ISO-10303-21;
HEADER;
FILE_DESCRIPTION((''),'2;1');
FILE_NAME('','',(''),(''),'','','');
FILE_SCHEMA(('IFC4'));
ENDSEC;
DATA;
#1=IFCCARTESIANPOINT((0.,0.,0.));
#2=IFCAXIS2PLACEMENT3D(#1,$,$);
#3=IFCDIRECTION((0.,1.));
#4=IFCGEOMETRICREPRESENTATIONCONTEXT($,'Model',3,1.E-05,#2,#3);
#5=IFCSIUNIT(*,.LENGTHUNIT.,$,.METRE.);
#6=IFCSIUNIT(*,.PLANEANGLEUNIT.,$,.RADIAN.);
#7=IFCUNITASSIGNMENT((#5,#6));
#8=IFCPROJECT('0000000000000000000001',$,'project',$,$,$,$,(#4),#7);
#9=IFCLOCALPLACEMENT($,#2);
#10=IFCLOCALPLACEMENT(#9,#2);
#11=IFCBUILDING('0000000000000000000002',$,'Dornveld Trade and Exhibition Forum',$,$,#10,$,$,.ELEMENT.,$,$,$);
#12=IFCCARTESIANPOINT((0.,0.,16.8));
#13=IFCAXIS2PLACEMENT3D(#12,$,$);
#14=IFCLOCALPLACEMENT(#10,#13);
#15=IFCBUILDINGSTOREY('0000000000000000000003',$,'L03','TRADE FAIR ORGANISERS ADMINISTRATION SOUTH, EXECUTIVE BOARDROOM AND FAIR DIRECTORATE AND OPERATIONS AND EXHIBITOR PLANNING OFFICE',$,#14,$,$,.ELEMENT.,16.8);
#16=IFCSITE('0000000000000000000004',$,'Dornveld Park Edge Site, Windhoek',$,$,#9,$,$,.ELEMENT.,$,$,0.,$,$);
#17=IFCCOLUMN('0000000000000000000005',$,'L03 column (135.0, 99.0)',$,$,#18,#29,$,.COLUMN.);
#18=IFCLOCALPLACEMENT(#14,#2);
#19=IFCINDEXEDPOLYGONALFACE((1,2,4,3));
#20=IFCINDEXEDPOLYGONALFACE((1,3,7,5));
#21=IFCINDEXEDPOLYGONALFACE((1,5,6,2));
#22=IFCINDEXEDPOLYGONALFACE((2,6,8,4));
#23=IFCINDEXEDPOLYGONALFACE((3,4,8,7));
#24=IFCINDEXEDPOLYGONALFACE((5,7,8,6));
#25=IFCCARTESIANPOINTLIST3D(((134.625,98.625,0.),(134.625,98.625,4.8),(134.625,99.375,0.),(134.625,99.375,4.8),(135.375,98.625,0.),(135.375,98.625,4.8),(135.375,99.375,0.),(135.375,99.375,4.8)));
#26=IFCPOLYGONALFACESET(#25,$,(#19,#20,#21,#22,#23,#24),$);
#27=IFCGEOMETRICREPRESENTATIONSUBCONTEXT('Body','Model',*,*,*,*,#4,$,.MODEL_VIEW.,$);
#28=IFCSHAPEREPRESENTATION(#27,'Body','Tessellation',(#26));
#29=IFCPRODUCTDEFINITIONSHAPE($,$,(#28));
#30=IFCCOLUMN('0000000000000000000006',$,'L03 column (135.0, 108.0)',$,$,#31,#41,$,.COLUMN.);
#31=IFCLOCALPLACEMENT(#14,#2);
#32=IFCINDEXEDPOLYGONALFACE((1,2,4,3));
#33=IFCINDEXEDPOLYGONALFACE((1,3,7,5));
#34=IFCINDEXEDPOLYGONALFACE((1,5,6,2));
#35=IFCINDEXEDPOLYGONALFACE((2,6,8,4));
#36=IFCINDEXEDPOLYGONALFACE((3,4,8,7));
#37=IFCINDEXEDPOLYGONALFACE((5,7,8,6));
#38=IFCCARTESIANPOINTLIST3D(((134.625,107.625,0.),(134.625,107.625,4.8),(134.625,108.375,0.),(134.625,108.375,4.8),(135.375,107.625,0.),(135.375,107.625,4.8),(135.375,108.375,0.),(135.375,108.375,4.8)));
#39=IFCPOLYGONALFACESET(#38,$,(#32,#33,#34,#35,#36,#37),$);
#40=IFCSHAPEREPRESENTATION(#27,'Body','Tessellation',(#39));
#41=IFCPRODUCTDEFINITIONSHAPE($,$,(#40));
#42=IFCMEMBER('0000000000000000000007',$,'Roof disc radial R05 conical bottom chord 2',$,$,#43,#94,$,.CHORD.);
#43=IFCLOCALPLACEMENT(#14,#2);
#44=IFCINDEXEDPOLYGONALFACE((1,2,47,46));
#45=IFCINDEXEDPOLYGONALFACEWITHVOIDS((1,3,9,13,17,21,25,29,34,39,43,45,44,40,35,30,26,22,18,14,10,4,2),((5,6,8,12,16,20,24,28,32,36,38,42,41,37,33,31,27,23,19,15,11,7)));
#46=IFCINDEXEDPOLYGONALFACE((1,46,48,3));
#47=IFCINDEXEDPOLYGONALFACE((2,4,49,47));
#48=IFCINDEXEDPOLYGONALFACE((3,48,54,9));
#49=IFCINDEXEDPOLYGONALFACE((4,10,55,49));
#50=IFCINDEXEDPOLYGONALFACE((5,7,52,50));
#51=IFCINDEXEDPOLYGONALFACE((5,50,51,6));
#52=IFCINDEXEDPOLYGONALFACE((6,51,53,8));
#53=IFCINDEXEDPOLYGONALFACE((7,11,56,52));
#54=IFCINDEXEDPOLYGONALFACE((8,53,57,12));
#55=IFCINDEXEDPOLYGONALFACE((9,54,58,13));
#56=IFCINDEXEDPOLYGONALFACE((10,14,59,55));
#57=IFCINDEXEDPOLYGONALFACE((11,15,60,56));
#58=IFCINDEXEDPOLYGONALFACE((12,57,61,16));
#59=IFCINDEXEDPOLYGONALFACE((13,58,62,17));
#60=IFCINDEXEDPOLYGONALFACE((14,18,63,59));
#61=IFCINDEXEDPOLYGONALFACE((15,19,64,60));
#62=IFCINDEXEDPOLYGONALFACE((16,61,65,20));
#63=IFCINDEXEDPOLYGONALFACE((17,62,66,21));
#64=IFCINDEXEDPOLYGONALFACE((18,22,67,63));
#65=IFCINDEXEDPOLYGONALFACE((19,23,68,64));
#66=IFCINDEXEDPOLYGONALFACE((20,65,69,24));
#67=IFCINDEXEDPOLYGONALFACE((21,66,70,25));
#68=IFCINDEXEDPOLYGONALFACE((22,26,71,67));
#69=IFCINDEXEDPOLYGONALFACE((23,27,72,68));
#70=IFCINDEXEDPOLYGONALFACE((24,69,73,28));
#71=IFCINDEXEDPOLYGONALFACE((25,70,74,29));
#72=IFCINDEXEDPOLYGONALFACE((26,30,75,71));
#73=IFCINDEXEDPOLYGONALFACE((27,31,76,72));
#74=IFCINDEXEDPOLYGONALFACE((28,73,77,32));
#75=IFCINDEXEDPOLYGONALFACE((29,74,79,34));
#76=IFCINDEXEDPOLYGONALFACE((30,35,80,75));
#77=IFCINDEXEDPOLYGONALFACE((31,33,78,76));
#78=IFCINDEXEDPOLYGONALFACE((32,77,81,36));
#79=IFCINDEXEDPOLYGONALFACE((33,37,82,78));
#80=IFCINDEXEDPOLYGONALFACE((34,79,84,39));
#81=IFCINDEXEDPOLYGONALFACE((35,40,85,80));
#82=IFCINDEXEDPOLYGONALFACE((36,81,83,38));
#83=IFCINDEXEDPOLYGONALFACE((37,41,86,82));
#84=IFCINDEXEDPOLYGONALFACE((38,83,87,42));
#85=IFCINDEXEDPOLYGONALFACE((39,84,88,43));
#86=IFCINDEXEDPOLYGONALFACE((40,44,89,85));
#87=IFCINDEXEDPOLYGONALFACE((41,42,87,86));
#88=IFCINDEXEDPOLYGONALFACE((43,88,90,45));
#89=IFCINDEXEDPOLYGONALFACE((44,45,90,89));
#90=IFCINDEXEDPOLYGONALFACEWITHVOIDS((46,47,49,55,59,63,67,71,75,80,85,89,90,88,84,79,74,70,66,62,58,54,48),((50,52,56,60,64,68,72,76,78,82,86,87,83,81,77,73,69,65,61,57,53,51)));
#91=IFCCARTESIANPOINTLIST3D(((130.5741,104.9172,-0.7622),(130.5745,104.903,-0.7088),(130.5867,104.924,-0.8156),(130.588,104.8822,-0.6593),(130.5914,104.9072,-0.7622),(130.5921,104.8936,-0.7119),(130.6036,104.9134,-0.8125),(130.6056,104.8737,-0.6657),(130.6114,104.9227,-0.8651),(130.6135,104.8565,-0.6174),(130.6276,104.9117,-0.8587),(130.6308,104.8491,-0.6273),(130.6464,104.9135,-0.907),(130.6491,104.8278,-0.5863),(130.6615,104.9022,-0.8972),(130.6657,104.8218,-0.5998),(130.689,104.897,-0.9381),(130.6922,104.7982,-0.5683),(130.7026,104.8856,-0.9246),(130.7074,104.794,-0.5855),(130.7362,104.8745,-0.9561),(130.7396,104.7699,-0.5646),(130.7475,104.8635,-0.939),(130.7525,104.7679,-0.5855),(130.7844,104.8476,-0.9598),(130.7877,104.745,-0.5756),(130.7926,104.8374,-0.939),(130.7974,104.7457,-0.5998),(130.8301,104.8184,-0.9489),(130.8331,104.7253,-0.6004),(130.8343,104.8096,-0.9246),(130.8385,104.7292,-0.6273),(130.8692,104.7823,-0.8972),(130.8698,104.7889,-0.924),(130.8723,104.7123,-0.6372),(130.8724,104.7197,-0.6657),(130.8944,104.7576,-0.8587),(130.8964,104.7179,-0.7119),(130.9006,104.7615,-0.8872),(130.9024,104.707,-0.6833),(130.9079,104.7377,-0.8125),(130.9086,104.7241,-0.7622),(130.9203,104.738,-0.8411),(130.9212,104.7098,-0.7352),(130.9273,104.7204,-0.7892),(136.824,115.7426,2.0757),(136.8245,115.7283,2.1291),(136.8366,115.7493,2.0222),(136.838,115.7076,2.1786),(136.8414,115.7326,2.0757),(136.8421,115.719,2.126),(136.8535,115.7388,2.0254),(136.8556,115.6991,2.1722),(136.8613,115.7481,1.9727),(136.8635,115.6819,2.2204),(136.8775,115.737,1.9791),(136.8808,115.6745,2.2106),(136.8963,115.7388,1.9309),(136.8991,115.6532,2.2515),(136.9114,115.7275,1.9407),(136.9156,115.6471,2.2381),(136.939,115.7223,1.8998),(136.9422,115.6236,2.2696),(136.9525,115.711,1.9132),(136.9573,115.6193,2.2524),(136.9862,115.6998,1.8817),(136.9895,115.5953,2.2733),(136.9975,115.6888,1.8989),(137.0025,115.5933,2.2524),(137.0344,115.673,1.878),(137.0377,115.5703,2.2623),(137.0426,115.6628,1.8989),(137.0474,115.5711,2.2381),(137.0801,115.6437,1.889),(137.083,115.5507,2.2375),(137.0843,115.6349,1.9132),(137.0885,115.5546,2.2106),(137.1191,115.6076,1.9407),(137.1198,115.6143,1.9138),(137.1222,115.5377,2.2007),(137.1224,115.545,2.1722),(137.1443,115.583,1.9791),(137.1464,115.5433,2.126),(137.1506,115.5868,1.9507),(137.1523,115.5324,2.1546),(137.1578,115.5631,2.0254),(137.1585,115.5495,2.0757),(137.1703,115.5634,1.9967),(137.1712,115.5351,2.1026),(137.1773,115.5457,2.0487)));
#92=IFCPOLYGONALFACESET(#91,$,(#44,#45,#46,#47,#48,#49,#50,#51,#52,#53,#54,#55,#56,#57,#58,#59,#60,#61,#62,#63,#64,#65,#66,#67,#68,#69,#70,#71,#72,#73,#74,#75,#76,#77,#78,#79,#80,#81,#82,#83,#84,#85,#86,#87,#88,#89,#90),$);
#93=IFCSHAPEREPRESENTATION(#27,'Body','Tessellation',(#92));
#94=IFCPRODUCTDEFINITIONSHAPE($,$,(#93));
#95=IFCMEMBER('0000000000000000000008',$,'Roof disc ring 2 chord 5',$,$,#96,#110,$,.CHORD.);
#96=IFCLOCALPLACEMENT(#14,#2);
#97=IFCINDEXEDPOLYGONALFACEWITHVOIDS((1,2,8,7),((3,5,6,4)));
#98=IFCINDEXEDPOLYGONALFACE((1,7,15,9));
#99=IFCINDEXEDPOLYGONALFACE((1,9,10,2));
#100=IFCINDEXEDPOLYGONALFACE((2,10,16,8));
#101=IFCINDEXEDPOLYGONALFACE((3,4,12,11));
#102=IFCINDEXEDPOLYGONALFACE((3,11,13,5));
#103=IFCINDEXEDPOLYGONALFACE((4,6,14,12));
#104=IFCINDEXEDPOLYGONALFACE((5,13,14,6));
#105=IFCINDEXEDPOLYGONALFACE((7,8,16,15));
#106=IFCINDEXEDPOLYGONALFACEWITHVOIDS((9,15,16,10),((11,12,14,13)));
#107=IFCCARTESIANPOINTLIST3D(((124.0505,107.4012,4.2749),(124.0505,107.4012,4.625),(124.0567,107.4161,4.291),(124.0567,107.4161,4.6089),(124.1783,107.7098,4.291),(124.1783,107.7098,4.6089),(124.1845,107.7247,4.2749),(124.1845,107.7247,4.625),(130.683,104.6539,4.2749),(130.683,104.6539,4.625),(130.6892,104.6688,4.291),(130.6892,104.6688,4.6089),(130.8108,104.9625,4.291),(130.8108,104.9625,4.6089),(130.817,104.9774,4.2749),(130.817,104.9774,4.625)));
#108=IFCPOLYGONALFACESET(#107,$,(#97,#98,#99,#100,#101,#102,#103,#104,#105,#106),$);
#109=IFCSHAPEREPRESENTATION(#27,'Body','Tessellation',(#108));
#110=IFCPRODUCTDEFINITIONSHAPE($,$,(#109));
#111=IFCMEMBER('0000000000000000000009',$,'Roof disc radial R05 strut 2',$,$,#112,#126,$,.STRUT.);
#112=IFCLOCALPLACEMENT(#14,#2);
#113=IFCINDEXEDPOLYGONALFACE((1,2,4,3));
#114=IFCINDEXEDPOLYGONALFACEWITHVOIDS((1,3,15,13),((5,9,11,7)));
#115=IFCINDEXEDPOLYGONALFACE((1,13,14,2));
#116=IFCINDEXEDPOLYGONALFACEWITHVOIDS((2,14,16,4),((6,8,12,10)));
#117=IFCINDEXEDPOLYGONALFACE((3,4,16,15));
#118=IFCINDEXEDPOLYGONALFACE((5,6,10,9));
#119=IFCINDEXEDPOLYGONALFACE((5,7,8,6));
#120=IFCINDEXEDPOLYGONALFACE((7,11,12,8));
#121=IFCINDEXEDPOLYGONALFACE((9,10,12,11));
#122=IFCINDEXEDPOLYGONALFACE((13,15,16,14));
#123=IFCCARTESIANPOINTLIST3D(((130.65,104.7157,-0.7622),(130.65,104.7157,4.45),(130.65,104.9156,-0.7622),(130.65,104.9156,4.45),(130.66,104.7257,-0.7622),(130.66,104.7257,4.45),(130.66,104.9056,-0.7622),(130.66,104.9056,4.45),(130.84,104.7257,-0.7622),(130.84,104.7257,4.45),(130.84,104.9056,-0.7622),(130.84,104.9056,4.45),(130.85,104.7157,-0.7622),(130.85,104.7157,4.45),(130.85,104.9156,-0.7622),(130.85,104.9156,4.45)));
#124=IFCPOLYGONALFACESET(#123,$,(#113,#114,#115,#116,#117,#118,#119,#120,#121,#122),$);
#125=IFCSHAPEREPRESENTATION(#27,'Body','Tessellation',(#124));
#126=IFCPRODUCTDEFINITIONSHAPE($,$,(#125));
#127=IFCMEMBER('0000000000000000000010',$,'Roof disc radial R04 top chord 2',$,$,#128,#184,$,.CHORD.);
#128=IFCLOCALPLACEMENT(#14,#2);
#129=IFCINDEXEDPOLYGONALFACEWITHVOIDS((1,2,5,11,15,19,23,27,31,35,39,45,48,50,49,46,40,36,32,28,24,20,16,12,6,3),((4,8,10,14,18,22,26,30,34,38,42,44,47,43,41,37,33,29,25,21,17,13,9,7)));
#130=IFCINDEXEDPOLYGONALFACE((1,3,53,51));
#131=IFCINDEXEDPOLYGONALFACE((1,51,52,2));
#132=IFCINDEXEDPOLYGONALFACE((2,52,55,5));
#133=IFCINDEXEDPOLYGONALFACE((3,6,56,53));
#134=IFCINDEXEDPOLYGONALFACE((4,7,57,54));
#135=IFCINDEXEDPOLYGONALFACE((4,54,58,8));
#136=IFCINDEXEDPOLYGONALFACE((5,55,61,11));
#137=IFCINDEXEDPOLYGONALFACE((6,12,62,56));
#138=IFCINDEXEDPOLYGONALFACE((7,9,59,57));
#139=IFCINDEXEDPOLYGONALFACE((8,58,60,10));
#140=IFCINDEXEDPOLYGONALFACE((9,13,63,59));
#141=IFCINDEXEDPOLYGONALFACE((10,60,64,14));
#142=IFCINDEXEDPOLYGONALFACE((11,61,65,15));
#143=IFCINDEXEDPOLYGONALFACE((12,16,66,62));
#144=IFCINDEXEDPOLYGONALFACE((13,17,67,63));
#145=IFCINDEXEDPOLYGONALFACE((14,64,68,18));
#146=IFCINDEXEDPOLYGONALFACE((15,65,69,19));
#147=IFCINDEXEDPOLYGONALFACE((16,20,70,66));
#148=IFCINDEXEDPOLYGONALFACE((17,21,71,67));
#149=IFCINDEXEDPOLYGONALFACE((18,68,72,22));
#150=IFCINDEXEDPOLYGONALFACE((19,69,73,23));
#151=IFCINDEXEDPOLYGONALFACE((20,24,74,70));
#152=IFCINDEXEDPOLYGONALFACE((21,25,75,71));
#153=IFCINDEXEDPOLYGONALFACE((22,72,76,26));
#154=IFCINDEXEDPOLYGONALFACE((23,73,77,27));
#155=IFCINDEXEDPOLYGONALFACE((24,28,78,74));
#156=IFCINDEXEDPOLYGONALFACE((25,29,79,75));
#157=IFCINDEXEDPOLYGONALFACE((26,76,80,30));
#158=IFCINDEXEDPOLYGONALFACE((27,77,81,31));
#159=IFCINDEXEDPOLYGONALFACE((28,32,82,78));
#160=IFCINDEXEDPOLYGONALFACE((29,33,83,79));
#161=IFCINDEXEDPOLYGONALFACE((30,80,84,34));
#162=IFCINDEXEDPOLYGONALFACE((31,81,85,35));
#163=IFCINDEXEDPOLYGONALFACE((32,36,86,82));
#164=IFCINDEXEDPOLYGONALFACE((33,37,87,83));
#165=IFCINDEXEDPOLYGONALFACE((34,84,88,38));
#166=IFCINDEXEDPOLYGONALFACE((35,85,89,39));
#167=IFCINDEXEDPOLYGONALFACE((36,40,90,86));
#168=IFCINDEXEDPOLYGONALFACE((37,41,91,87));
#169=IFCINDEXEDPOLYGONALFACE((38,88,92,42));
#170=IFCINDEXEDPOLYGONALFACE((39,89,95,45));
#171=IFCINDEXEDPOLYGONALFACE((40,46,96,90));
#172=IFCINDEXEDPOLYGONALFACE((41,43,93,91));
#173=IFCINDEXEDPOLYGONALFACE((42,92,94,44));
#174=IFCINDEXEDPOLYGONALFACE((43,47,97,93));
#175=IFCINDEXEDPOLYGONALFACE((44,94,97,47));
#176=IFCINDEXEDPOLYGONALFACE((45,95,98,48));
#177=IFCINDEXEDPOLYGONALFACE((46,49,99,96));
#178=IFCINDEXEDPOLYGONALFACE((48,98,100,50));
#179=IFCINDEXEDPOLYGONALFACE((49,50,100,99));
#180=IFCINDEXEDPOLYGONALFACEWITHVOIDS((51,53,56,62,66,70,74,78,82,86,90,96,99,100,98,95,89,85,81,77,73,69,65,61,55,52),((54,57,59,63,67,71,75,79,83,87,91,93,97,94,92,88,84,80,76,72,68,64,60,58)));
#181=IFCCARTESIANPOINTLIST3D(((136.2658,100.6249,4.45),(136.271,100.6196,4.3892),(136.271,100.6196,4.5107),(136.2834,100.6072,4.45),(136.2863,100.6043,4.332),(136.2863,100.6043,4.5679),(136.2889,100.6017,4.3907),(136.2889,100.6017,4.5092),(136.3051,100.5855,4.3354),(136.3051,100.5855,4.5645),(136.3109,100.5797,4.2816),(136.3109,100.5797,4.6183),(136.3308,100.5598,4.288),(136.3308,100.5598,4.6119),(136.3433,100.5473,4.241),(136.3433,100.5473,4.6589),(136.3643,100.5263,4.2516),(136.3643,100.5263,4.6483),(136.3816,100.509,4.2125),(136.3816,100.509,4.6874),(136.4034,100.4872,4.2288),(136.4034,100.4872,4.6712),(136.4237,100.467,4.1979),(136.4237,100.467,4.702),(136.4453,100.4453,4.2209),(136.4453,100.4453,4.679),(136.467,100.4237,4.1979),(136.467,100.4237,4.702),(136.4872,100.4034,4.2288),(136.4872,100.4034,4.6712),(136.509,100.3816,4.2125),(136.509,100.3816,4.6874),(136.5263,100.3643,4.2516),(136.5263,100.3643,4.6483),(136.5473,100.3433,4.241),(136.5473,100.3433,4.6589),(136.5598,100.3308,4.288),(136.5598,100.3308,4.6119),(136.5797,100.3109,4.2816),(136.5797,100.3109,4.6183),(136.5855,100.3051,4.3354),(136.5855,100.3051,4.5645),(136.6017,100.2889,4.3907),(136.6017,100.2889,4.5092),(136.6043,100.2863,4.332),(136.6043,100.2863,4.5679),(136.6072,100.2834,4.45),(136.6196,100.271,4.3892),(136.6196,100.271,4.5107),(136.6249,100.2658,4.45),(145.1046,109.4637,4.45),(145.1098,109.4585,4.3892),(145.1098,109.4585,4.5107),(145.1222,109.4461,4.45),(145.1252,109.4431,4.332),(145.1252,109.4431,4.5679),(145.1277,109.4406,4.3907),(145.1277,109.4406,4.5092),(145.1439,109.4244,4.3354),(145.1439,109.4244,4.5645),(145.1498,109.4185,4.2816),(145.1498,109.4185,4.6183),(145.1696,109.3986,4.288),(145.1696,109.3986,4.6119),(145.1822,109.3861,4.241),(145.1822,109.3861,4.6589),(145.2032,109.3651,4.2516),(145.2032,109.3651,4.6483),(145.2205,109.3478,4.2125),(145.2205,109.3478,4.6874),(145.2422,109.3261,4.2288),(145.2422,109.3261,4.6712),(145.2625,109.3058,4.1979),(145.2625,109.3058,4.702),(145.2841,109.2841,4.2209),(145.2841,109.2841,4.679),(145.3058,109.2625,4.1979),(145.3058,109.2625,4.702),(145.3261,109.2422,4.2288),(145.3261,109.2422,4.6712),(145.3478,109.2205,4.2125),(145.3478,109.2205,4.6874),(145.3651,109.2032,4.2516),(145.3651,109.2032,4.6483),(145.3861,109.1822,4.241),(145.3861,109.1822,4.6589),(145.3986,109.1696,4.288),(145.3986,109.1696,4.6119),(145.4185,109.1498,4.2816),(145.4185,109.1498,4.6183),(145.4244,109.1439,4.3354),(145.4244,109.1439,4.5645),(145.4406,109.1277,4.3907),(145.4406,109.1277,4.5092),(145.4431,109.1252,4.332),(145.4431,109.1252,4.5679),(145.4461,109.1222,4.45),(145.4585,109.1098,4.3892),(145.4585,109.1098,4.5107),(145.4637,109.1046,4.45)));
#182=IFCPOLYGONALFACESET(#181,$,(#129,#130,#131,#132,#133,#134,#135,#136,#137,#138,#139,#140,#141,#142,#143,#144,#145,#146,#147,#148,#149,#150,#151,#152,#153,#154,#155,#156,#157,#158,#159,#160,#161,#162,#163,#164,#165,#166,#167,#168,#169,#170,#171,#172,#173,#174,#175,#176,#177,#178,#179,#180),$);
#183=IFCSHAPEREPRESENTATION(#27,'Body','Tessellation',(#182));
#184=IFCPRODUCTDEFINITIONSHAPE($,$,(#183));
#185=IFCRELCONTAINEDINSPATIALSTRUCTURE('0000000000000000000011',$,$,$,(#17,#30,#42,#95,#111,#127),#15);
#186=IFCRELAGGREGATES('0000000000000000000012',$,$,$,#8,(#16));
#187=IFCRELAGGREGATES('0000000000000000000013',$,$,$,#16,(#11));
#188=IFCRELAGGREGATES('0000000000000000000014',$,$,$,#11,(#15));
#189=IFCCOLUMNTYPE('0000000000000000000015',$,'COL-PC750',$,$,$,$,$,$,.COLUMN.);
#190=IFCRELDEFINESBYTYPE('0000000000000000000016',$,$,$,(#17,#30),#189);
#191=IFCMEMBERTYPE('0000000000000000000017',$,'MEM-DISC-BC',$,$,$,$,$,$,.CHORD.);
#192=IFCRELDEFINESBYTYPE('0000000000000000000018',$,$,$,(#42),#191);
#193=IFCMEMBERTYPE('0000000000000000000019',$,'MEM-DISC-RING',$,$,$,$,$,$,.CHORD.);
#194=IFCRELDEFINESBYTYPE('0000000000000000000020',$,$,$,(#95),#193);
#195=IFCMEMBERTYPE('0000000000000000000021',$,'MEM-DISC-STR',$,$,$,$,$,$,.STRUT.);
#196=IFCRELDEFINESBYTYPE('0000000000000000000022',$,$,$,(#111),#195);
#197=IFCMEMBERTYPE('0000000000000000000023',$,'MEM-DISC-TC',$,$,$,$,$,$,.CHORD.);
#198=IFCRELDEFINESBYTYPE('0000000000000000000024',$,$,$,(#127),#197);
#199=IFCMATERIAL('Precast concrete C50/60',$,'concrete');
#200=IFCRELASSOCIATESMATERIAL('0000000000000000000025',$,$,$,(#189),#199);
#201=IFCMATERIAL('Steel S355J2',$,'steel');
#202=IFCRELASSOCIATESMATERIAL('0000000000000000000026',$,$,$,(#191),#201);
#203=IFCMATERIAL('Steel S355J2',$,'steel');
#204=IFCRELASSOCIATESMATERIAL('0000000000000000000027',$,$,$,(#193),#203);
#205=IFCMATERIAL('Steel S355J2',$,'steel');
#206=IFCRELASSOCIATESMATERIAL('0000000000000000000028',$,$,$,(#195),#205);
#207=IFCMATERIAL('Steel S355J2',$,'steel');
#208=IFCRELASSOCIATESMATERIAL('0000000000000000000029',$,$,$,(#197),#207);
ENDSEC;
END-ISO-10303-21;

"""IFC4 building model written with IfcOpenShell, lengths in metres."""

from ifc_helpers import new_model, si_unit, direction, frame, origin, origin_2d, place, context, subcontext, project, spatial, rectangle, hollow_rectangle, hollow_circle, extrude, material, material_profile, profile_set, type_object, element, save


model = new_model("IFC4")

# Units and contexts
model_context = context("Model", 3, precision=1e-05, world=origin(), true_north=direction((0.0, 1.0)))
body_context = subcontext(model_context, "Body", "Model", "MODEL_VIEW")
ifc_project = project(units=[si_unit("LENGTHUNIT", "METRE"), si_unit("PLANEANGLEUNIT", "RADIAN")], contexts=[model_context])

# Site, building, storey
site_placement = place(None, origin())
site = spatial("IfcSite", under=ifc_project, at=site_placement, Name="Dornveld Park Edge Site, Windhoek", CompositionType="ELEMENT", RefElevation=0.0)
building_placement = place(site_placement, origin())
building = spatial("IfcBuilding", under=site, at=building_placement, Name="Dornveld Trade and Exhibition Forum", CompositionType="ELEMENT")
storey_placement = place(building_placement, frame((0.0, 0.0, 16.8)))
storey = spatial("IfcBuildingStorey", under=building, at=storey_placement, Name="L03", Description="TRADE FAIR ORGANISERS ADMINISTRATION SOUTH, EXECUTIVE BOARDROOM AND FAIR DIRECTORATE AND OPERATIONS AND EXHIBITOR PLANNING OFFICE", CompositionType="ELEMENT", Elevation=16.8)

# Columns
ifc_material_1 = material(Name="Precast concrete C50/60", Category="concrete")
ifc_material_profile_1 = material_profile(ifc_material_1, rectangle(XDim=0.75, YDim=0.75, at=origin_2d()), Name="PC-COL 750x750")
ifc_profile_set_1 = profile_set([ifc_material_profile_1], Name="Precast concrete C50/60")
column_type = type_object("IfcColumnType", Name="COL-PC750", PredefinedType="COLUMN", material=ifc_profile_set_1)
for number, where, z_axis, x_axis, name in (
    (1, (135.0, 99.0, 0.0), (0.0, 0.0, 1.0), (1.0, 0.0, 0.0), "L03 column (135.0, 99.0)"),
    (2, (135.0, 108.0, 0.0), (0.0, 0.0, 1.0), (1.0, 0.0, 0.0), "L03 column (135.0, 108.0)"),
):
    element("IfcColumn", number, at=place(storey_placement, frame(where, z_axis=z_axis, x_axis=x_axis)), inside=storey, type_object=column_type, Name=name, PredefinedType="COLUMN", context=body_context, shape_type="SweptSolid", body=[
        extrude(rectangle(XDim=0.75, YDim=0.75, at=origin_2d()), origin(), (0.0, 0.0, 1.0), 4.8),
    ])

# Members
ifc_material_2 = material(Name="Steel S355J2", Category="steel")
ifc_material_profile_2 = material_profile(ifc_material_2, hollow_circle(Radius=0.2031, WallThickness=0.02, at=origin_2d()), Name="CHS 406.4x20")
ifc_profile_set_2 = profile_set([ifc_material_profile_2], Name="Steel S355J2")
member_type_1 = type_object("IfcMemberType", Name="MEM-DISC-BC", PredefinedType="CHORD", material=ifc_profile_set_2)
member_1_placement = place(storey_placement, frame((130.75, 104.8157, -0.7622), z_axis=(0.487588, 0.844537, 0.221395), x_axis=(-0.866028, 0.499996, 0.0)))
element("IfcMember", 3, at=member_1_placement, inside=storey, type_object=member_type_1, Name="Roof disc radial R05 conical bottom chord 2", PredefinedType="CHORD", context=body_context, shape_type="SweptSolid", body=[
    extrude(hollow_circle(Radius=0.2031, WallThickness=0.02, at=origin_2d()), origin(), (0.0, 0.0, 1.0), 12.8181),
])
ifc_material_3 = material(Name="Steel S355J2", Category="steel")
ifc_material_profile_3 = material_profile(ifc_material_3, hollow_rectangle(XDim=0.3501, YDim=0.3501, WallThickness=0.0161, at=origin_2d()), Name="SHS 350x350x16")
ifc_profile_set_3 = profile_set([ifc_material_profile_3], Name="Steel S355J2")
member_type_2 = type_object("IfcMemberType", Name="MEM-DISC-RING", PredefinedType="CHORD", material=ifc_profile_set_3)
member_2_placement = place(storey_placement, frame((130.75, 104.8157, 4.45), z_axis=(-0.923879, 0.382685, 0.0), x_axis=(-0.382685, -0.923879, 0.0)))
element("IfcMember", 4, at=member_2_placement, inside=storey, type_object=member_type_2, Name="Roof disc ring 2 chord 5", PredefinedType="CHORD", context=body_context, shape_type="SweptSolid", body=[
    extrude(hollow_rectangle(XDim=0.3501, YDim=0.3501, WallThickness=0.0161, at=origin_2d()), origin(), (0.0, 0.0, 1.0), 7.179),
])
ifc_material_4 = material(Name="Steel S355J2", Category="steel")
ifc_material_profile_4 = material_profile(ifc_material_4, hollow_rectangle(XDim=0.2, YDim=0.2, WallThickness=0.01, at=origin_2d()), Name="SHS 200x200x10")
ifc_profile_set_4 = profile_set([ifc_material_profile_4], Name="Steel S355J2")
member_type_3 = type_object("IfcMemberType", Name="MEM-DISC-STR", PredefinedType="STRUT", material=ifc_profile_set_4)
member_3_placement = place(storey_placement, frame((130.75, 104.8157, -0.7622), z_axis=(0.0, 0.0, 1.0), x_axis=(1.0, 0.0, 0.0)))
element("IfcMember", 5, at=member_3_placement, inside=storey, type_object=member_type_3, Name="Roof disc radial R05 strut 2", PredefinedType="STRUT", context=body_context, shape_type="SweptSolid", body=[
    extrude(hollow_rectangle(XDim=0.2, YDim=0.2, WallThickness=0.01, at=origin_2d()), origin(), (0.0, 0.0, 1.0), 5.2122),
])
ifc_material_5 = material(Name="Steel S355J2", Category="steel")
ifc_material_profile_5 = material_profile(ifc_material_5, hollow_circle(Radius=0.2539, WallThickness=0.0249, at=origin_2d()), Name="CHS 508x25")
ifc_profile_set_5 = profile_set([ifc_material_profile_5], Name="Steel S355J2")
member_type_4 = type_object("IfcMemberType", Name="MEM-DISC-TC", PredefinedType="CHORD", material=ifc_profile_set_5)
for number, where, z_axis, x_axis, name in (
    (6, (136.4453, 100.4453, 4.45), (0.707107, 0.707107, 0.0), (-0.707107, 0.707107, 0.0), "Roof disc radial R04 top chord 2"),
):
    element("IfcMember", number, at=place(storey_placement, frame(where, z_axis=z_axis, x_axis=x_axis)), inside=storey, type_object=member_type_4, Name=name, PredefinedType="CHORD", context=body_context, shape_type="SweptSolid", body=[
        extrude(hollow_circle(Radius=0.2539, WallThickness=0.0249, at=origin_2d()), origin(), (0.0, 0.0, 1.0), 12.5),
    ])

save(model, "model.ifc")
